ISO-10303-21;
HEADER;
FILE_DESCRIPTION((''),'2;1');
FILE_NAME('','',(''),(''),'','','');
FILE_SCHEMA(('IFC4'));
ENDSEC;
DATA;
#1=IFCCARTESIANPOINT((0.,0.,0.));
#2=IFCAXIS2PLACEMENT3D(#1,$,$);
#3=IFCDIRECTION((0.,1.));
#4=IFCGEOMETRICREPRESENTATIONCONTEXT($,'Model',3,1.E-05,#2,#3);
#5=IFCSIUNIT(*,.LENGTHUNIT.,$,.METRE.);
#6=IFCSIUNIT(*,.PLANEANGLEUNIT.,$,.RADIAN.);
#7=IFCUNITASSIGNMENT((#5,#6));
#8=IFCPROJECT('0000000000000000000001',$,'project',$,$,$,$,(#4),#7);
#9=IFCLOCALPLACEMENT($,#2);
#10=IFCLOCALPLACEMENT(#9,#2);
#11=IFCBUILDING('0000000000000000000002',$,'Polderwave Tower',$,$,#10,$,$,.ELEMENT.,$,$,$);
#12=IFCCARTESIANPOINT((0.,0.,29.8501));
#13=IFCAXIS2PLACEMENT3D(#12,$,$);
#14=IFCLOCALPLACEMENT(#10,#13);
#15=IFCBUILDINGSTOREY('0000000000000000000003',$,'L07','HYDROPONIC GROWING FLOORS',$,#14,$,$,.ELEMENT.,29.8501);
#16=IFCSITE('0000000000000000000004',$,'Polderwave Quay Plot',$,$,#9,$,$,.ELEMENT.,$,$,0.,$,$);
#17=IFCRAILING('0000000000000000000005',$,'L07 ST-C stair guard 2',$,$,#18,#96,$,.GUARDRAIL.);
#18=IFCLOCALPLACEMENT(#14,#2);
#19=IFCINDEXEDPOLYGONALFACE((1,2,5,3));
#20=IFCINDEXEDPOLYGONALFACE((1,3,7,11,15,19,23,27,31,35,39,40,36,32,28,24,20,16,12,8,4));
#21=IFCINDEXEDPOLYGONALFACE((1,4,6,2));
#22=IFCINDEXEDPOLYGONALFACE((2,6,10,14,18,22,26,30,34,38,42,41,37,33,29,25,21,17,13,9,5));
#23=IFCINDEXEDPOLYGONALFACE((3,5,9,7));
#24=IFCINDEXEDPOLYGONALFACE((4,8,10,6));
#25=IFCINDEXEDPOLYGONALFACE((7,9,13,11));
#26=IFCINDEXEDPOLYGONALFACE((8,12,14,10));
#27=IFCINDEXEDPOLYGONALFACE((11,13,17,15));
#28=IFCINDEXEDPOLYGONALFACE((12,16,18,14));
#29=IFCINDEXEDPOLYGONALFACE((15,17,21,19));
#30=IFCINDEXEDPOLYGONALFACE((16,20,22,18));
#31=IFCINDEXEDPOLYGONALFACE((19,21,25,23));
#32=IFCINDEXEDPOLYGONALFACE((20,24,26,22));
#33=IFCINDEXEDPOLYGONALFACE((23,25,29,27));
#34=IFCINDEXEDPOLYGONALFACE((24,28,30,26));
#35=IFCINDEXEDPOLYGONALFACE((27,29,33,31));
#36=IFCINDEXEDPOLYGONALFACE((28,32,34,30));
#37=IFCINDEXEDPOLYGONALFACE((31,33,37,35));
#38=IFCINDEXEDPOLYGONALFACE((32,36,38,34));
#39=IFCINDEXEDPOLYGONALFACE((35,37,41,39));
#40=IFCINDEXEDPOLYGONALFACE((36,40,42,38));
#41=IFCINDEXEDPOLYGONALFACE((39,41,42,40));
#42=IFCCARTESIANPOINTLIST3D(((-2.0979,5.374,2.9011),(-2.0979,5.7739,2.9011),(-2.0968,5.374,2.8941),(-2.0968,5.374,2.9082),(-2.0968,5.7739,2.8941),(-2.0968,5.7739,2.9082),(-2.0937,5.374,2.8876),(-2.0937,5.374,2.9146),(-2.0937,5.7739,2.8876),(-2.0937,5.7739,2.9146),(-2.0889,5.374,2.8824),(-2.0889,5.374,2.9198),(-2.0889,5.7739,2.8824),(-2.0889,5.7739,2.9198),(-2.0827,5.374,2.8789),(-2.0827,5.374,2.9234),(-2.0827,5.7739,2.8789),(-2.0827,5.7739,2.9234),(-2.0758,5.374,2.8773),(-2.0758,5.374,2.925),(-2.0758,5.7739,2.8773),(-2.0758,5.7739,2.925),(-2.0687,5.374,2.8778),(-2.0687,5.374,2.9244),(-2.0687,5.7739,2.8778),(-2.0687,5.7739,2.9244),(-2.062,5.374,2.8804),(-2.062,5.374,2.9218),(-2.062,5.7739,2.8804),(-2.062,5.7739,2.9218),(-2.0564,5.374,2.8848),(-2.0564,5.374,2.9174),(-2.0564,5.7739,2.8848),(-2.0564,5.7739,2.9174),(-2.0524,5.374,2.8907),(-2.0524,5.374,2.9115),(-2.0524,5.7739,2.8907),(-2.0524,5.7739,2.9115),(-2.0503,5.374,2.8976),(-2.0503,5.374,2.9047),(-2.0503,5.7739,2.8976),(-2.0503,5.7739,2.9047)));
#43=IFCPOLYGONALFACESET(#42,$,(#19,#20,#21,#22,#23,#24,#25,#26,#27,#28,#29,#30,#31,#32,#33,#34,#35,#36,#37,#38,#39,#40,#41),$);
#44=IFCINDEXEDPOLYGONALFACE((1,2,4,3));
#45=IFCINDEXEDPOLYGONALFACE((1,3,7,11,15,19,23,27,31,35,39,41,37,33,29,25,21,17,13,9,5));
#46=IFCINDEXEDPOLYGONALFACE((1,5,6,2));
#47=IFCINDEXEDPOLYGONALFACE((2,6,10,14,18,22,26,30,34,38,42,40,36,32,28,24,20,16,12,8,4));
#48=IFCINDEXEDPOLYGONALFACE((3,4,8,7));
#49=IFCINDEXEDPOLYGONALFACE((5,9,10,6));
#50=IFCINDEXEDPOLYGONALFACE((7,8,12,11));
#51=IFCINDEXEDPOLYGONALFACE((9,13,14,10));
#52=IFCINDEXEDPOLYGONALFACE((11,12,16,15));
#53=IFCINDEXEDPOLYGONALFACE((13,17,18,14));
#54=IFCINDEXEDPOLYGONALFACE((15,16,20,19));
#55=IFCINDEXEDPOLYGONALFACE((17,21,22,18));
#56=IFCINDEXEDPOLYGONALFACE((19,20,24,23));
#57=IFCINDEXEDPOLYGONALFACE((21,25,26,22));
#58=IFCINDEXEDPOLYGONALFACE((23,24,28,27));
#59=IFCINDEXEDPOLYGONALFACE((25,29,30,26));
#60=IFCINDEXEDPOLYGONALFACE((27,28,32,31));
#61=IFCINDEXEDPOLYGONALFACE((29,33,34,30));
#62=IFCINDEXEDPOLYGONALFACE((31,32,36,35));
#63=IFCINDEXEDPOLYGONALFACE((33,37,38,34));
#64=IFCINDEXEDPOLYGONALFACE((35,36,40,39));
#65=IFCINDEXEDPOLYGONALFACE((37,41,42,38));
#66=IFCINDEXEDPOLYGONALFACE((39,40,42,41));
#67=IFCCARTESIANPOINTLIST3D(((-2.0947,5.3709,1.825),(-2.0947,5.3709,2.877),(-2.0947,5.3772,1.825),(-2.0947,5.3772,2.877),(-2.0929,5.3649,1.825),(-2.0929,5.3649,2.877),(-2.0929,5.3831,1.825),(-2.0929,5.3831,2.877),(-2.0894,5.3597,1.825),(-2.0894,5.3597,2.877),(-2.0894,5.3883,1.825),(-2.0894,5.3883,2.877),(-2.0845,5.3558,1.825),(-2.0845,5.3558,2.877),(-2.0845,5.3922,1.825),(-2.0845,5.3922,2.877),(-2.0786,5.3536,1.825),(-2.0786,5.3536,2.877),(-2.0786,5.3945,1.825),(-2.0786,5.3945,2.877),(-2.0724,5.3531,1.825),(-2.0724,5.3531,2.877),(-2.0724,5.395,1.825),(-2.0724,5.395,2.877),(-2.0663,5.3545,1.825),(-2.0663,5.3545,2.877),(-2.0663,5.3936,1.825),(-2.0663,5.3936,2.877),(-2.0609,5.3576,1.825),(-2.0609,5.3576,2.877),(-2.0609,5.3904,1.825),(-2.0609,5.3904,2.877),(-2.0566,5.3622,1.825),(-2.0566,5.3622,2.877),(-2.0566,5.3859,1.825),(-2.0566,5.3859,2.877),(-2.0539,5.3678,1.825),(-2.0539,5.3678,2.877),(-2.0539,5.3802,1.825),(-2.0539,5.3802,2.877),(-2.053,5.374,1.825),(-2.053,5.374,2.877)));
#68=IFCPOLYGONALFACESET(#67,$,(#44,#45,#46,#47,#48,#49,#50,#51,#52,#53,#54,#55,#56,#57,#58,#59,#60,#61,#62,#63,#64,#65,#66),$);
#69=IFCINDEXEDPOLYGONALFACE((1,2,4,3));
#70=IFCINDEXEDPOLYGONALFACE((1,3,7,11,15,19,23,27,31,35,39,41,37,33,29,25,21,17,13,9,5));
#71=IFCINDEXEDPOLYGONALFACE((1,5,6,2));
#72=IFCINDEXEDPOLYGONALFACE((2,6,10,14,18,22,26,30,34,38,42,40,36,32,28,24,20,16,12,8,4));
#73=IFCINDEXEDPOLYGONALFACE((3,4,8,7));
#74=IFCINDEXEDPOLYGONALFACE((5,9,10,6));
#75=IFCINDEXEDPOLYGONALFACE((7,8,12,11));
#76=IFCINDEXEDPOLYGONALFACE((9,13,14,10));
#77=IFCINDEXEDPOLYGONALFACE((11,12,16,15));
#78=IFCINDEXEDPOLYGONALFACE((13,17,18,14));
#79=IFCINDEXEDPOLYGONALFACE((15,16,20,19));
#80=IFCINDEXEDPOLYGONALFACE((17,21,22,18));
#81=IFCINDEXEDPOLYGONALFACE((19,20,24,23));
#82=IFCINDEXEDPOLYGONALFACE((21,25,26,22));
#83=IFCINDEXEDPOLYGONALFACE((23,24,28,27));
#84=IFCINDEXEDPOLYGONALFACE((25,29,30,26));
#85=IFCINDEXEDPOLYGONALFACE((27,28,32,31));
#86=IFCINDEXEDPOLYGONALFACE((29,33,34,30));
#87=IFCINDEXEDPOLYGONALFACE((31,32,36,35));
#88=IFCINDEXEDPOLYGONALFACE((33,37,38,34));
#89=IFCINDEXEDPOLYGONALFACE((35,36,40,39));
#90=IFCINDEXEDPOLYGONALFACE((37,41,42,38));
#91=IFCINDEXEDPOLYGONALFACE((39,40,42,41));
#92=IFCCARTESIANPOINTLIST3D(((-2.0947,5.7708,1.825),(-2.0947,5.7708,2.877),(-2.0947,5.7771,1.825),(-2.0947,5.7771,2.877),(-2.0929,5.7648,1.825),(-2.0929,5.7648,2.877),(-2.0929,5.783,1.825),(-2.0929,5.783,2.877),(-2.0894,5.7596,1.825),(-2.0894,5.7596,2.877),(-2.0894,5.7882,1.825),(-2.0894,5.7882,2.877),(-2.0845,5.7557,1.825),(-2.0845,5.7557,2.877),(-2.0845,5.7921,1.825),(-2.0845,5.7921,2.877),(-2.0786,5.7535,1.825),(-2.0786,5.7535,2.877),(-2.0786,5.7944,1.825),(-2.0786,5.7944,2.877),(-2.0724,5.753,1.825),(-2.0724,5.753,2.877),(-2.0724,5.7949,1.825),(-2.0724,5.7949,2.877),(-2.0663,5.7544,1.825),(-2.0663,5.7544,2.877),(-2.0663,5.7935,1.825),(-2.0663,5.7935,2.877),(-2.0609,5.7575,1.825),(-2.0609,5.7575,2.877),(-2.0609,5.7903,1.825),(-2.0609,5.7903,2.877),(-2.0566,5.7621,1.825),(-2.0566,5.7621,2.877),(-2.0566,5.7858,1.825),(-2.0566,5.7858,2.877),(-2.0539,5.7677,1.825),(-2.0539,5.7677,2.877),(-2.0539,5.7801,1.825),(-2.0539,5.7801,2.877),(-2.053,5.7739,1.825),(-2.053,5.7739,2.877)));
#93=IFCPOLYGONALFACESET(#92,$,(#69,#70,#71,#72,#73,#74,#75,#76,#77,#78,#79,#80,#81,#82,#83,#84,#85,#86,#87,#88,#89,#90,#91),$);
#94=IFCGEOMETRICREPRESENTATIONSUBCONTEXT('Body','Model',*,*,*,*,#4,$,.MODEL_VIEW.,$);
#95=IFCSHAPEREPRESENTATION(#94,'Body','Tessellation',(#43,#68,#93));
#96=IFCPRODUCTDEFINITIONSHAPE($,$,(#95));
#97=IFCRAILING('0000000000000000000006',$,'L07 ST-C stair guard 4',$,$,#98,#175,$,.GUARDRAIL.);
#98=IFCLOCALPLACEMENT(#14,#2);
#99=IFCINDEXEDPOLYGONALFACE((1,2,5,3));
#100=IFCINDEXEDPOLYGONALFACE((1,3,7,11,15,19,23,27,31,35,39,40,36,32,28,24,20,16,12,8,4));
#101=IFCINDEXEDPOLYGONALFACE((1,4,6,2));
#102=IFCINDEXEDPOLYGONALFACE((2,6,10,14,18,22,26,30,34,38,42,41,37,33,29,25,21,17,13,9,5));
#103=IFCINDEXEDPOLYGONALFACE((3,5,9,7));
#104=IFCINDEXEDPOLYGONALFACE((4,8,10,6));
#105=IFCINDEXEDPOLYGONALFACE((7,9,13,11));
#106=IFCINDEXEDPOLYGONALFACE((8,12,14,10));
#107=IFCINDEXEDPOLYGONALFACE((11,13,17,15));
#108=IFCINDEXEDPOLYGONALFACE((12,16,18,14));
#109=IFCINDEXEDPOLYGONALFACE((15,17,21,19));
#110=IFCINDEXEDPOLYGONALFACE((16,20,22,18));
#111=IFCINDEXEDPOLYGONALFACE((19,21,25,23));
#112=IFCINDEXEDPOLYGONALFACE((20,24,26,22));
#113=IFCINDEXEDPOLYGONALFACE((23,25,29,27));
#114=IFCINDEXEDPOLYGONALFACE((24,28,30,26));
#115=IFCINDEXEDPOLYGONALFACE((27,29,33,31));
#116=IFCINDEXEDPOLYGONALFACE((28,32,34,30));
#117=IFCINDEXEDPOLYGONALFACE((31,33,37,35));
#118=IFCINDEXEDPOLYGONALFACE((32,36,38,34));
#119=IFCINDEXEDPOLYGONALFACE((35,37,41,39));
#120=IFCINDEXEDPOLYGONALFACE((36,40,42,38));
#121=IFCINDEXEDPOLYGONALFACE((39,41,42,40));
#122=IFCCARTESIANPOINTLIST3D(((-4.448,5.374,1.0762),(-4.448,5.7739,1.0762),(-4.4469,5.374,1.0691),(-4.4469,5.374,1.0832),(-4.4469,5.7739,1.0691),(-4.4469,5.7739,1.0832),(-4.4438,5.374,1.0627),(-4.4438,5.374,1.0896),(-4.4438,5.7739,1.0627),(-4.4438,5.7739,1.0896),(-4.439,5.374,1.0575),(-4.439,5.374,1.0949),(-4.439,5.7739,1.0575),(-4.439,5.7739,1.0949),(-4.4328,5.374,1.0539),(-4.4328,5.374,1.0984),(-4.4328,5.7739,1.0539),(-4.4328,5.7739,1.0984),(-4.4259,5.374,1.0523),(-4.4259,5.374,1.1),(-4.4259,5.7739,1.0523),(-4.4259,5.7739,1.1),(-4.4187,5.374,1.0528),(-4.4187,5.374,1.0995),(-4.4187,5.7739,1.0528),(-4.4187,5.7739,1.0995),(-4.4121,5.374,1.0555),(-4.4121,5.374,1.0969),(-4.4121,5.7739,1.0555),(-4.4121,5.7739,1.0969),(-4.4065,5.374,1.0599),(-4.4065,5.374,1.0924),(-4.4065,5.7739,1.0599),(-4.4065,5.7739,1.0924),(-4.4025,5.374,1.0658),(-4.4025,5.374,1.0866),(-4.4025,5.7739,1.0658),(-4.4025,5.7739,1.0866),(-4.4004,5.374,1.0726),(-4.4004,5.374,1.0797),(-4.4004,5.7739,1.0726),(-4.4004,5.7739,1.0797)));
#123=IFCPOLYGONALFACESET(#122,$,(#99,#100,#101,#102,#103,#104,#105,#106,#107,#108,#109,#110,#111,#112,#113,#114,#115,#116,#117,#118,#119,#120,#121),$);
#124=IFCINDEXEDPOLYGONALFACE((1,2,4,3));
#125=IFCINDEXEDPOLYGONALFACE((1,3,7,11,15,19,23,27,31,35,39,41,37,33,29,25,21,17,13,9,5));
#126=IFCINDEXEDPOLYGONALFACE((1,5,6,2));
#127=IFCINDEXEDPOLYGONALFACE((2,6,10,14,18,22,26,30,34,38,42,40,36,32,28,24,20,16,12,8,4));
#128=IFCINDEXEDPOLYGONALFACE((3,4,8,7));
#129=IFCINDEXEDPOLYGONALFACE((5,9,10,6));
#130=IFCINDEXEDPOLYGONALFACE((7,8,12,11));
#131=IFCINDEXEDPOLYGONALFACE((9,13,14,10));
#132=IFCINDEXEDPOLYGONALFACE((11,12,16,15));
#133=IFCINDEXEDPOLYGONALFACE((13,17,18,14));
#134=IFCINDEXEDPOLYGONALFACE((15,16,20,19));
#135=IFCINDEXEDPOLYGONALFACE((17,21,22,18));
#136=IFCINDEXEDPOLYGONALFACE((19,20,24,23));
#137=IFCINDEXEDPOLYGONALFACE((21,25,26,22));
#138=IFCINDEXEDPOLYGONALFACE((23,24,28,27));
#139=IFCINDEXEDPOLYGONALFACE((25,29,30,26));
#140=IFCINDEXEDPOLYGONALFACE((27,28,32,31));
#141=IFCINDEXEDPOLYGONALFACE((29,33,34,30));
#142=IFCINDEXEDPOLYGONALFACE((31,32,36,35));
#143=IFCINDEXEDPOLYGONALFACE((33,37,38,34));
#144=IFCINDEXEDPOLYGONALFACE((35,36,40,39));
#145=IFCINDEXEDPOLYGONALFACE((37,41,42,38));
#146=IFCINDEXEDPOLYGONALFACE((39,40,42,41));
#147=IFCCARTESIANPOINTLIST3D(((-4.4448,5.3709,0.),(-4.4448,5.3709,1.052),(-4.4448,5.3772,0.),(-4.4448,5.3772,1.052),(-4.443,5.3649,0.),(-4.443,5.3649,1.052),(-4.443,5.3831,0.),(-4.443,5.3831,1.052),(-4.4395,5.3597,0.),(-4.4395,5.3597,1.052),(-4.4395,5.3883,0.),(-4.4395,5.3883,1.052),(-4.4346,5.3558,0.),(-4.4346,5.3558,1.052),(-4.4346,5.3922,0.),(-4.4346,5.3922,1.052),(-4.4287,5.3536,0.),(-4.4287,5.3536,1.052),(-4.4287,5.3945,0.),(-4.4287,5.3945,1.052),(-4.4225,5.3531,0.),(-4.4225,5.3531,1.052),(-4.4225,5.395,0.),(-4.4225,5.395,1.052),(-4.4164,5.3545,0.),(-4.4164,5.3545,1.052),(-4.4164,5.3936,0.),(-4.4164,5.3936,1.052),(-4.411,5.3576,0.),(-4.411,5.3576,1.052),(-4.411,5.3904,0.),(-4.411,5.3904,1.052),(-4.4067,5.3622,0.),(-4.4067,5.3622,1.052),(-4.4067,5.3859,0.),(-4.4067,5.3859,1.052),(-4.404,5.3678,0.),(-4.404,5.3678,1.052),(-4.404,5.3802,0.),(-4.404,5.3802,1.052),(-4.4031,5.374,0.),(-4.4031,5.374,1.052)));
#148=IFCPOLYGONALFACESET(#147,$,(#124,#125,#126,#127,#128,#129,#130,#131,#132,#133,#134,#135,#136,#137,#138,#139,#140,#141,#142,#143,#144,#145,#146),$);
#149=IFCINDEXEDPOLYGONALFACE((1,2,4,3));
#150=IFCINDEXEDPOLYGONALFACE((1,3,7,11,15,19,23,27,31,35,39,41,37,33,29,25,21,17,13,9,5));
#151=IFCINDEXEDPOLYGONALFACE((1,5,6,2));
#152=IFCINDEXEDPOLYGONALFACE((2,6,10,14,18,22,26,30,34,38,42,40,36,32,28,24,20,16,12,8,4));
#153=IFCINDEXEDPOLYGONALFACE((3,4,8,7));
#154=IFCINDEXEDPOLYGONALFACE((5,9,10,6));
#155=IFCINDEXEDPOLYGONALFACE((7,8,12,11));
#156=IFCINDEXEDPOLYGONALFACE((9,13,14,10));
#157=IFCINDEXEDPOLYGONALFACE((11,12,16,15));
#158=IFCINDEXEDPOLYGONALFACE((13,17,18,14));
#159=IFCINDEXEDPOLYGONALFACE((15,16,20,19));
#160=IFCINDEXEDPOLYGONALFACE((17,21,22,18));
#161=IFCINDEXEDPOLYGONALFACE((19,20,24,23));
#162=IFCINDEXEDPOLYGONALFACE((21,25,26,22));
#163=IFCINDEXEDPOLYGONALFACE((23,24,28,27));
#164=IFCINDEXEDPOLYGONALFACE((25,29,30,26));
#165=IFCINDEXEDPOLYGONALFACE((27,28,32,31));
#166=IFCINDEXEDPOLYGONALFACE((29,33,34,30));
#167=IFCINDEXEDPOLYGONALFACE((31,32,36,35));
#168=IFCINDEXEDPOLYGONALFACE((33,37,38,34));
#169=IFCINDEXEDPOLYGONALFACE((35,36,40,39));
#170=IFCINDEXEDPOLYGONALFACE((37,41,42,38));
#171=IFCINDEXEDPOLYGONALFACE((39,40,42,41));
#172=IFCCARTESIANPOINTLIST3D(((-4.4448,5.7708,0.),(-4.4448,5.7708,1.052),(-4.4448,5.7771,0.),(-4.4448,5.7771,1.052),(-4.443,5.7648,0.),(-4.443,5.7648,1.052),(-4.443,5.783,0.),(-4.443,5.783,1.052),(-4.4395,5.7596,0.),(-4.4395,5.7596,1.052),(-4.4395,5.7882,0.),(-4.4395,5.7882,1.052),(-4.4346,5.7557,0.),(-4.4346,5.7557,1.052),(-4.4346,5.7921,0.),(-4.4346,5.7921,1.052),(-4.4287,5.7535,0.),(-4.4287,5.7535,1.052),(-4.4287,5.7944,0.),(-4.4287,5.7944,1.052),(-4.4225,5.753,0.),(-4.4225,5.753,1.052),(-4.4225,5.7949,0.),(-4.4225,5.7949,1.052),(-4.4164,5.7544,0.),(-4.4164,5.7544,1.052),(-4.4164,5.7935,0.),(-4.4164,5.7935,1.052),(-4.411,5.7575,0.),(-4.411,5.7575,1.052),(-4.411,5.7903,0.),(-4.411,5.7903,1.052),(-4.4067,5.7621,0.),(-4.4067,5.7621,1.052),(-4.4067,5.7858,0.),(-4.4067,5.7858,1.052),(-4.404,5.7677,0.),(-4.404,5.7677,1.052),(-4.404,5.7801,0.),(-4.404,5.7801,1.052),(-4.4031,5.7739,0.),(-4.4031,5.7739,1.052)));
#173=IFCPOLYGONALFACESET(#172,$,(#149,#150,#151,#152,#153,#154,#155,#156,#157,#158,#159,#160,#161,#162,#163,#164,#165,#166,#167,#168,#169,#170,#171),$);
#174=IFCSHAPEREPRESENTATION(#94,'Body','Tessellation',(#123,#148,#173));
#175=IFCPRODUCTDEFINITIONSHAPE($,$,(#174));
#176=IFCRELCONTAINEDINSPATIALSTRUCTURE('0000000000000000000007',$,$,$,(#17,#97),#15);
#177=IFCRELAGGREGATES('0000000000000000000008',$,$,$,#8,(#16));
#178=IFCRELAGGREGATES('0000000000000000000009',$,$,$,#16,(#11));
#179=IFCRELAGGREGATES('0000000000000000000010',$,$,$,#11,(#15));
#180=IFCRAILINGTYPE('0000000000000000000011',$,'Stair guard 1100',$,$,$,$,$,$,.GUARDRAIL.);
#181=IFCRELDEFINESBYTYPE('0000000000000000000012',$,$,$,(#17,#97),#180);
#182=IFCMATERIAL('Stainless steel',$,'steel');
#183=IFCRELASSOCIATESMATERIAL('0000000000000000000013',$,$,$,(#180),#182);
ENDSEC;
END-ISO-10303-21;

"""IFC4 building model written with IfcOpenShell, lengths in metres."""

from ifc_helpers import new_model, si_unit, direction, frame, origin, origin_2d, place, context, subcontext, project, spatial, circle, extrude, material, type_object, element, save


model = new_model("IFC4")

# Units and contexts
model_context = context("Model", 3, precision=1e-05, world=origin(), true_north=direction((0.0, 1.0)))
body_context = subcontext(model_context, "Body", "Model", "MODEL_VIEW")
ifc_project = project(units=[si_unit("LENGTHUNIT", "METRE"), si_unit("PLANEANGLEUNIT", "RADIAN")], contexts=[model_context])

# Site, building, storey
site_placement = place(None, origin())
site = spatial("IfcSite", under=ifc_project, at=site_placement, Name="Polderwave Quay Plot", CompositionType="ELEMENT", RefElevation=0.0)
building_placement = place(site_placement, origin())
building = spatial("IfcBuilding", under=site, at=building_placement, Name="Polderwave Tower", CompositionType="ELEMENT")
storey_placement = place(building_placement, frame((0.0, 0.0, 29.8501)))
storey = spatial("IfcBuildingStorey", under=building, at=storey_placement, Name="L07", Description="HYDROPONIC GROWING FLOORS", CompositionType="ELEMENT", Elevation=29.8501)

# Railings
ifc_material_1 = material(Name="Stainless steel", Category="steel")
railing_type_1 = type_object("IfcRailingType", Name="Stair guard 1100", PredefinedType="GUARDRAIL", material=ifc_material_1)
for number, where, name in (
    (1, (-2.074, 5.374, 1.825), "L07 ST-C stair guard 2"),
    (2, (-4.4241, 5.374, 0.0), "L07 ST-C stair guard 4"),
):
    element("IfcRailing", number, at=place(storey_placement, frame(where)), inside=storey, type_object=railing_type_1, Name=name, PredefinedType="GUARDRAIL", context=body_context, shape_type="SweptSolid", body=[
        extrude(circle(Radius=0.0239, at=origin_2d()), frame((0.0, 0.0, 1.0762), z_axis=(0.0, 1.0, 0.0), x_axis=(-1.0, 0.0, 0.0)), (0.0, 0.0, 1.0), 0.3999),
        extrude(circle(Radius=0.021, at=origin_2d()), origin(), (0.0, 0.0, 1.0), 1.052),
        extrude(circle(Radius=0.021, at=origin_2d()), frame((0.0, 0.3999, 0.0)), (0.0, 0.0, 1.0), 1.052),
    ])

save(model, "model.ifc")
